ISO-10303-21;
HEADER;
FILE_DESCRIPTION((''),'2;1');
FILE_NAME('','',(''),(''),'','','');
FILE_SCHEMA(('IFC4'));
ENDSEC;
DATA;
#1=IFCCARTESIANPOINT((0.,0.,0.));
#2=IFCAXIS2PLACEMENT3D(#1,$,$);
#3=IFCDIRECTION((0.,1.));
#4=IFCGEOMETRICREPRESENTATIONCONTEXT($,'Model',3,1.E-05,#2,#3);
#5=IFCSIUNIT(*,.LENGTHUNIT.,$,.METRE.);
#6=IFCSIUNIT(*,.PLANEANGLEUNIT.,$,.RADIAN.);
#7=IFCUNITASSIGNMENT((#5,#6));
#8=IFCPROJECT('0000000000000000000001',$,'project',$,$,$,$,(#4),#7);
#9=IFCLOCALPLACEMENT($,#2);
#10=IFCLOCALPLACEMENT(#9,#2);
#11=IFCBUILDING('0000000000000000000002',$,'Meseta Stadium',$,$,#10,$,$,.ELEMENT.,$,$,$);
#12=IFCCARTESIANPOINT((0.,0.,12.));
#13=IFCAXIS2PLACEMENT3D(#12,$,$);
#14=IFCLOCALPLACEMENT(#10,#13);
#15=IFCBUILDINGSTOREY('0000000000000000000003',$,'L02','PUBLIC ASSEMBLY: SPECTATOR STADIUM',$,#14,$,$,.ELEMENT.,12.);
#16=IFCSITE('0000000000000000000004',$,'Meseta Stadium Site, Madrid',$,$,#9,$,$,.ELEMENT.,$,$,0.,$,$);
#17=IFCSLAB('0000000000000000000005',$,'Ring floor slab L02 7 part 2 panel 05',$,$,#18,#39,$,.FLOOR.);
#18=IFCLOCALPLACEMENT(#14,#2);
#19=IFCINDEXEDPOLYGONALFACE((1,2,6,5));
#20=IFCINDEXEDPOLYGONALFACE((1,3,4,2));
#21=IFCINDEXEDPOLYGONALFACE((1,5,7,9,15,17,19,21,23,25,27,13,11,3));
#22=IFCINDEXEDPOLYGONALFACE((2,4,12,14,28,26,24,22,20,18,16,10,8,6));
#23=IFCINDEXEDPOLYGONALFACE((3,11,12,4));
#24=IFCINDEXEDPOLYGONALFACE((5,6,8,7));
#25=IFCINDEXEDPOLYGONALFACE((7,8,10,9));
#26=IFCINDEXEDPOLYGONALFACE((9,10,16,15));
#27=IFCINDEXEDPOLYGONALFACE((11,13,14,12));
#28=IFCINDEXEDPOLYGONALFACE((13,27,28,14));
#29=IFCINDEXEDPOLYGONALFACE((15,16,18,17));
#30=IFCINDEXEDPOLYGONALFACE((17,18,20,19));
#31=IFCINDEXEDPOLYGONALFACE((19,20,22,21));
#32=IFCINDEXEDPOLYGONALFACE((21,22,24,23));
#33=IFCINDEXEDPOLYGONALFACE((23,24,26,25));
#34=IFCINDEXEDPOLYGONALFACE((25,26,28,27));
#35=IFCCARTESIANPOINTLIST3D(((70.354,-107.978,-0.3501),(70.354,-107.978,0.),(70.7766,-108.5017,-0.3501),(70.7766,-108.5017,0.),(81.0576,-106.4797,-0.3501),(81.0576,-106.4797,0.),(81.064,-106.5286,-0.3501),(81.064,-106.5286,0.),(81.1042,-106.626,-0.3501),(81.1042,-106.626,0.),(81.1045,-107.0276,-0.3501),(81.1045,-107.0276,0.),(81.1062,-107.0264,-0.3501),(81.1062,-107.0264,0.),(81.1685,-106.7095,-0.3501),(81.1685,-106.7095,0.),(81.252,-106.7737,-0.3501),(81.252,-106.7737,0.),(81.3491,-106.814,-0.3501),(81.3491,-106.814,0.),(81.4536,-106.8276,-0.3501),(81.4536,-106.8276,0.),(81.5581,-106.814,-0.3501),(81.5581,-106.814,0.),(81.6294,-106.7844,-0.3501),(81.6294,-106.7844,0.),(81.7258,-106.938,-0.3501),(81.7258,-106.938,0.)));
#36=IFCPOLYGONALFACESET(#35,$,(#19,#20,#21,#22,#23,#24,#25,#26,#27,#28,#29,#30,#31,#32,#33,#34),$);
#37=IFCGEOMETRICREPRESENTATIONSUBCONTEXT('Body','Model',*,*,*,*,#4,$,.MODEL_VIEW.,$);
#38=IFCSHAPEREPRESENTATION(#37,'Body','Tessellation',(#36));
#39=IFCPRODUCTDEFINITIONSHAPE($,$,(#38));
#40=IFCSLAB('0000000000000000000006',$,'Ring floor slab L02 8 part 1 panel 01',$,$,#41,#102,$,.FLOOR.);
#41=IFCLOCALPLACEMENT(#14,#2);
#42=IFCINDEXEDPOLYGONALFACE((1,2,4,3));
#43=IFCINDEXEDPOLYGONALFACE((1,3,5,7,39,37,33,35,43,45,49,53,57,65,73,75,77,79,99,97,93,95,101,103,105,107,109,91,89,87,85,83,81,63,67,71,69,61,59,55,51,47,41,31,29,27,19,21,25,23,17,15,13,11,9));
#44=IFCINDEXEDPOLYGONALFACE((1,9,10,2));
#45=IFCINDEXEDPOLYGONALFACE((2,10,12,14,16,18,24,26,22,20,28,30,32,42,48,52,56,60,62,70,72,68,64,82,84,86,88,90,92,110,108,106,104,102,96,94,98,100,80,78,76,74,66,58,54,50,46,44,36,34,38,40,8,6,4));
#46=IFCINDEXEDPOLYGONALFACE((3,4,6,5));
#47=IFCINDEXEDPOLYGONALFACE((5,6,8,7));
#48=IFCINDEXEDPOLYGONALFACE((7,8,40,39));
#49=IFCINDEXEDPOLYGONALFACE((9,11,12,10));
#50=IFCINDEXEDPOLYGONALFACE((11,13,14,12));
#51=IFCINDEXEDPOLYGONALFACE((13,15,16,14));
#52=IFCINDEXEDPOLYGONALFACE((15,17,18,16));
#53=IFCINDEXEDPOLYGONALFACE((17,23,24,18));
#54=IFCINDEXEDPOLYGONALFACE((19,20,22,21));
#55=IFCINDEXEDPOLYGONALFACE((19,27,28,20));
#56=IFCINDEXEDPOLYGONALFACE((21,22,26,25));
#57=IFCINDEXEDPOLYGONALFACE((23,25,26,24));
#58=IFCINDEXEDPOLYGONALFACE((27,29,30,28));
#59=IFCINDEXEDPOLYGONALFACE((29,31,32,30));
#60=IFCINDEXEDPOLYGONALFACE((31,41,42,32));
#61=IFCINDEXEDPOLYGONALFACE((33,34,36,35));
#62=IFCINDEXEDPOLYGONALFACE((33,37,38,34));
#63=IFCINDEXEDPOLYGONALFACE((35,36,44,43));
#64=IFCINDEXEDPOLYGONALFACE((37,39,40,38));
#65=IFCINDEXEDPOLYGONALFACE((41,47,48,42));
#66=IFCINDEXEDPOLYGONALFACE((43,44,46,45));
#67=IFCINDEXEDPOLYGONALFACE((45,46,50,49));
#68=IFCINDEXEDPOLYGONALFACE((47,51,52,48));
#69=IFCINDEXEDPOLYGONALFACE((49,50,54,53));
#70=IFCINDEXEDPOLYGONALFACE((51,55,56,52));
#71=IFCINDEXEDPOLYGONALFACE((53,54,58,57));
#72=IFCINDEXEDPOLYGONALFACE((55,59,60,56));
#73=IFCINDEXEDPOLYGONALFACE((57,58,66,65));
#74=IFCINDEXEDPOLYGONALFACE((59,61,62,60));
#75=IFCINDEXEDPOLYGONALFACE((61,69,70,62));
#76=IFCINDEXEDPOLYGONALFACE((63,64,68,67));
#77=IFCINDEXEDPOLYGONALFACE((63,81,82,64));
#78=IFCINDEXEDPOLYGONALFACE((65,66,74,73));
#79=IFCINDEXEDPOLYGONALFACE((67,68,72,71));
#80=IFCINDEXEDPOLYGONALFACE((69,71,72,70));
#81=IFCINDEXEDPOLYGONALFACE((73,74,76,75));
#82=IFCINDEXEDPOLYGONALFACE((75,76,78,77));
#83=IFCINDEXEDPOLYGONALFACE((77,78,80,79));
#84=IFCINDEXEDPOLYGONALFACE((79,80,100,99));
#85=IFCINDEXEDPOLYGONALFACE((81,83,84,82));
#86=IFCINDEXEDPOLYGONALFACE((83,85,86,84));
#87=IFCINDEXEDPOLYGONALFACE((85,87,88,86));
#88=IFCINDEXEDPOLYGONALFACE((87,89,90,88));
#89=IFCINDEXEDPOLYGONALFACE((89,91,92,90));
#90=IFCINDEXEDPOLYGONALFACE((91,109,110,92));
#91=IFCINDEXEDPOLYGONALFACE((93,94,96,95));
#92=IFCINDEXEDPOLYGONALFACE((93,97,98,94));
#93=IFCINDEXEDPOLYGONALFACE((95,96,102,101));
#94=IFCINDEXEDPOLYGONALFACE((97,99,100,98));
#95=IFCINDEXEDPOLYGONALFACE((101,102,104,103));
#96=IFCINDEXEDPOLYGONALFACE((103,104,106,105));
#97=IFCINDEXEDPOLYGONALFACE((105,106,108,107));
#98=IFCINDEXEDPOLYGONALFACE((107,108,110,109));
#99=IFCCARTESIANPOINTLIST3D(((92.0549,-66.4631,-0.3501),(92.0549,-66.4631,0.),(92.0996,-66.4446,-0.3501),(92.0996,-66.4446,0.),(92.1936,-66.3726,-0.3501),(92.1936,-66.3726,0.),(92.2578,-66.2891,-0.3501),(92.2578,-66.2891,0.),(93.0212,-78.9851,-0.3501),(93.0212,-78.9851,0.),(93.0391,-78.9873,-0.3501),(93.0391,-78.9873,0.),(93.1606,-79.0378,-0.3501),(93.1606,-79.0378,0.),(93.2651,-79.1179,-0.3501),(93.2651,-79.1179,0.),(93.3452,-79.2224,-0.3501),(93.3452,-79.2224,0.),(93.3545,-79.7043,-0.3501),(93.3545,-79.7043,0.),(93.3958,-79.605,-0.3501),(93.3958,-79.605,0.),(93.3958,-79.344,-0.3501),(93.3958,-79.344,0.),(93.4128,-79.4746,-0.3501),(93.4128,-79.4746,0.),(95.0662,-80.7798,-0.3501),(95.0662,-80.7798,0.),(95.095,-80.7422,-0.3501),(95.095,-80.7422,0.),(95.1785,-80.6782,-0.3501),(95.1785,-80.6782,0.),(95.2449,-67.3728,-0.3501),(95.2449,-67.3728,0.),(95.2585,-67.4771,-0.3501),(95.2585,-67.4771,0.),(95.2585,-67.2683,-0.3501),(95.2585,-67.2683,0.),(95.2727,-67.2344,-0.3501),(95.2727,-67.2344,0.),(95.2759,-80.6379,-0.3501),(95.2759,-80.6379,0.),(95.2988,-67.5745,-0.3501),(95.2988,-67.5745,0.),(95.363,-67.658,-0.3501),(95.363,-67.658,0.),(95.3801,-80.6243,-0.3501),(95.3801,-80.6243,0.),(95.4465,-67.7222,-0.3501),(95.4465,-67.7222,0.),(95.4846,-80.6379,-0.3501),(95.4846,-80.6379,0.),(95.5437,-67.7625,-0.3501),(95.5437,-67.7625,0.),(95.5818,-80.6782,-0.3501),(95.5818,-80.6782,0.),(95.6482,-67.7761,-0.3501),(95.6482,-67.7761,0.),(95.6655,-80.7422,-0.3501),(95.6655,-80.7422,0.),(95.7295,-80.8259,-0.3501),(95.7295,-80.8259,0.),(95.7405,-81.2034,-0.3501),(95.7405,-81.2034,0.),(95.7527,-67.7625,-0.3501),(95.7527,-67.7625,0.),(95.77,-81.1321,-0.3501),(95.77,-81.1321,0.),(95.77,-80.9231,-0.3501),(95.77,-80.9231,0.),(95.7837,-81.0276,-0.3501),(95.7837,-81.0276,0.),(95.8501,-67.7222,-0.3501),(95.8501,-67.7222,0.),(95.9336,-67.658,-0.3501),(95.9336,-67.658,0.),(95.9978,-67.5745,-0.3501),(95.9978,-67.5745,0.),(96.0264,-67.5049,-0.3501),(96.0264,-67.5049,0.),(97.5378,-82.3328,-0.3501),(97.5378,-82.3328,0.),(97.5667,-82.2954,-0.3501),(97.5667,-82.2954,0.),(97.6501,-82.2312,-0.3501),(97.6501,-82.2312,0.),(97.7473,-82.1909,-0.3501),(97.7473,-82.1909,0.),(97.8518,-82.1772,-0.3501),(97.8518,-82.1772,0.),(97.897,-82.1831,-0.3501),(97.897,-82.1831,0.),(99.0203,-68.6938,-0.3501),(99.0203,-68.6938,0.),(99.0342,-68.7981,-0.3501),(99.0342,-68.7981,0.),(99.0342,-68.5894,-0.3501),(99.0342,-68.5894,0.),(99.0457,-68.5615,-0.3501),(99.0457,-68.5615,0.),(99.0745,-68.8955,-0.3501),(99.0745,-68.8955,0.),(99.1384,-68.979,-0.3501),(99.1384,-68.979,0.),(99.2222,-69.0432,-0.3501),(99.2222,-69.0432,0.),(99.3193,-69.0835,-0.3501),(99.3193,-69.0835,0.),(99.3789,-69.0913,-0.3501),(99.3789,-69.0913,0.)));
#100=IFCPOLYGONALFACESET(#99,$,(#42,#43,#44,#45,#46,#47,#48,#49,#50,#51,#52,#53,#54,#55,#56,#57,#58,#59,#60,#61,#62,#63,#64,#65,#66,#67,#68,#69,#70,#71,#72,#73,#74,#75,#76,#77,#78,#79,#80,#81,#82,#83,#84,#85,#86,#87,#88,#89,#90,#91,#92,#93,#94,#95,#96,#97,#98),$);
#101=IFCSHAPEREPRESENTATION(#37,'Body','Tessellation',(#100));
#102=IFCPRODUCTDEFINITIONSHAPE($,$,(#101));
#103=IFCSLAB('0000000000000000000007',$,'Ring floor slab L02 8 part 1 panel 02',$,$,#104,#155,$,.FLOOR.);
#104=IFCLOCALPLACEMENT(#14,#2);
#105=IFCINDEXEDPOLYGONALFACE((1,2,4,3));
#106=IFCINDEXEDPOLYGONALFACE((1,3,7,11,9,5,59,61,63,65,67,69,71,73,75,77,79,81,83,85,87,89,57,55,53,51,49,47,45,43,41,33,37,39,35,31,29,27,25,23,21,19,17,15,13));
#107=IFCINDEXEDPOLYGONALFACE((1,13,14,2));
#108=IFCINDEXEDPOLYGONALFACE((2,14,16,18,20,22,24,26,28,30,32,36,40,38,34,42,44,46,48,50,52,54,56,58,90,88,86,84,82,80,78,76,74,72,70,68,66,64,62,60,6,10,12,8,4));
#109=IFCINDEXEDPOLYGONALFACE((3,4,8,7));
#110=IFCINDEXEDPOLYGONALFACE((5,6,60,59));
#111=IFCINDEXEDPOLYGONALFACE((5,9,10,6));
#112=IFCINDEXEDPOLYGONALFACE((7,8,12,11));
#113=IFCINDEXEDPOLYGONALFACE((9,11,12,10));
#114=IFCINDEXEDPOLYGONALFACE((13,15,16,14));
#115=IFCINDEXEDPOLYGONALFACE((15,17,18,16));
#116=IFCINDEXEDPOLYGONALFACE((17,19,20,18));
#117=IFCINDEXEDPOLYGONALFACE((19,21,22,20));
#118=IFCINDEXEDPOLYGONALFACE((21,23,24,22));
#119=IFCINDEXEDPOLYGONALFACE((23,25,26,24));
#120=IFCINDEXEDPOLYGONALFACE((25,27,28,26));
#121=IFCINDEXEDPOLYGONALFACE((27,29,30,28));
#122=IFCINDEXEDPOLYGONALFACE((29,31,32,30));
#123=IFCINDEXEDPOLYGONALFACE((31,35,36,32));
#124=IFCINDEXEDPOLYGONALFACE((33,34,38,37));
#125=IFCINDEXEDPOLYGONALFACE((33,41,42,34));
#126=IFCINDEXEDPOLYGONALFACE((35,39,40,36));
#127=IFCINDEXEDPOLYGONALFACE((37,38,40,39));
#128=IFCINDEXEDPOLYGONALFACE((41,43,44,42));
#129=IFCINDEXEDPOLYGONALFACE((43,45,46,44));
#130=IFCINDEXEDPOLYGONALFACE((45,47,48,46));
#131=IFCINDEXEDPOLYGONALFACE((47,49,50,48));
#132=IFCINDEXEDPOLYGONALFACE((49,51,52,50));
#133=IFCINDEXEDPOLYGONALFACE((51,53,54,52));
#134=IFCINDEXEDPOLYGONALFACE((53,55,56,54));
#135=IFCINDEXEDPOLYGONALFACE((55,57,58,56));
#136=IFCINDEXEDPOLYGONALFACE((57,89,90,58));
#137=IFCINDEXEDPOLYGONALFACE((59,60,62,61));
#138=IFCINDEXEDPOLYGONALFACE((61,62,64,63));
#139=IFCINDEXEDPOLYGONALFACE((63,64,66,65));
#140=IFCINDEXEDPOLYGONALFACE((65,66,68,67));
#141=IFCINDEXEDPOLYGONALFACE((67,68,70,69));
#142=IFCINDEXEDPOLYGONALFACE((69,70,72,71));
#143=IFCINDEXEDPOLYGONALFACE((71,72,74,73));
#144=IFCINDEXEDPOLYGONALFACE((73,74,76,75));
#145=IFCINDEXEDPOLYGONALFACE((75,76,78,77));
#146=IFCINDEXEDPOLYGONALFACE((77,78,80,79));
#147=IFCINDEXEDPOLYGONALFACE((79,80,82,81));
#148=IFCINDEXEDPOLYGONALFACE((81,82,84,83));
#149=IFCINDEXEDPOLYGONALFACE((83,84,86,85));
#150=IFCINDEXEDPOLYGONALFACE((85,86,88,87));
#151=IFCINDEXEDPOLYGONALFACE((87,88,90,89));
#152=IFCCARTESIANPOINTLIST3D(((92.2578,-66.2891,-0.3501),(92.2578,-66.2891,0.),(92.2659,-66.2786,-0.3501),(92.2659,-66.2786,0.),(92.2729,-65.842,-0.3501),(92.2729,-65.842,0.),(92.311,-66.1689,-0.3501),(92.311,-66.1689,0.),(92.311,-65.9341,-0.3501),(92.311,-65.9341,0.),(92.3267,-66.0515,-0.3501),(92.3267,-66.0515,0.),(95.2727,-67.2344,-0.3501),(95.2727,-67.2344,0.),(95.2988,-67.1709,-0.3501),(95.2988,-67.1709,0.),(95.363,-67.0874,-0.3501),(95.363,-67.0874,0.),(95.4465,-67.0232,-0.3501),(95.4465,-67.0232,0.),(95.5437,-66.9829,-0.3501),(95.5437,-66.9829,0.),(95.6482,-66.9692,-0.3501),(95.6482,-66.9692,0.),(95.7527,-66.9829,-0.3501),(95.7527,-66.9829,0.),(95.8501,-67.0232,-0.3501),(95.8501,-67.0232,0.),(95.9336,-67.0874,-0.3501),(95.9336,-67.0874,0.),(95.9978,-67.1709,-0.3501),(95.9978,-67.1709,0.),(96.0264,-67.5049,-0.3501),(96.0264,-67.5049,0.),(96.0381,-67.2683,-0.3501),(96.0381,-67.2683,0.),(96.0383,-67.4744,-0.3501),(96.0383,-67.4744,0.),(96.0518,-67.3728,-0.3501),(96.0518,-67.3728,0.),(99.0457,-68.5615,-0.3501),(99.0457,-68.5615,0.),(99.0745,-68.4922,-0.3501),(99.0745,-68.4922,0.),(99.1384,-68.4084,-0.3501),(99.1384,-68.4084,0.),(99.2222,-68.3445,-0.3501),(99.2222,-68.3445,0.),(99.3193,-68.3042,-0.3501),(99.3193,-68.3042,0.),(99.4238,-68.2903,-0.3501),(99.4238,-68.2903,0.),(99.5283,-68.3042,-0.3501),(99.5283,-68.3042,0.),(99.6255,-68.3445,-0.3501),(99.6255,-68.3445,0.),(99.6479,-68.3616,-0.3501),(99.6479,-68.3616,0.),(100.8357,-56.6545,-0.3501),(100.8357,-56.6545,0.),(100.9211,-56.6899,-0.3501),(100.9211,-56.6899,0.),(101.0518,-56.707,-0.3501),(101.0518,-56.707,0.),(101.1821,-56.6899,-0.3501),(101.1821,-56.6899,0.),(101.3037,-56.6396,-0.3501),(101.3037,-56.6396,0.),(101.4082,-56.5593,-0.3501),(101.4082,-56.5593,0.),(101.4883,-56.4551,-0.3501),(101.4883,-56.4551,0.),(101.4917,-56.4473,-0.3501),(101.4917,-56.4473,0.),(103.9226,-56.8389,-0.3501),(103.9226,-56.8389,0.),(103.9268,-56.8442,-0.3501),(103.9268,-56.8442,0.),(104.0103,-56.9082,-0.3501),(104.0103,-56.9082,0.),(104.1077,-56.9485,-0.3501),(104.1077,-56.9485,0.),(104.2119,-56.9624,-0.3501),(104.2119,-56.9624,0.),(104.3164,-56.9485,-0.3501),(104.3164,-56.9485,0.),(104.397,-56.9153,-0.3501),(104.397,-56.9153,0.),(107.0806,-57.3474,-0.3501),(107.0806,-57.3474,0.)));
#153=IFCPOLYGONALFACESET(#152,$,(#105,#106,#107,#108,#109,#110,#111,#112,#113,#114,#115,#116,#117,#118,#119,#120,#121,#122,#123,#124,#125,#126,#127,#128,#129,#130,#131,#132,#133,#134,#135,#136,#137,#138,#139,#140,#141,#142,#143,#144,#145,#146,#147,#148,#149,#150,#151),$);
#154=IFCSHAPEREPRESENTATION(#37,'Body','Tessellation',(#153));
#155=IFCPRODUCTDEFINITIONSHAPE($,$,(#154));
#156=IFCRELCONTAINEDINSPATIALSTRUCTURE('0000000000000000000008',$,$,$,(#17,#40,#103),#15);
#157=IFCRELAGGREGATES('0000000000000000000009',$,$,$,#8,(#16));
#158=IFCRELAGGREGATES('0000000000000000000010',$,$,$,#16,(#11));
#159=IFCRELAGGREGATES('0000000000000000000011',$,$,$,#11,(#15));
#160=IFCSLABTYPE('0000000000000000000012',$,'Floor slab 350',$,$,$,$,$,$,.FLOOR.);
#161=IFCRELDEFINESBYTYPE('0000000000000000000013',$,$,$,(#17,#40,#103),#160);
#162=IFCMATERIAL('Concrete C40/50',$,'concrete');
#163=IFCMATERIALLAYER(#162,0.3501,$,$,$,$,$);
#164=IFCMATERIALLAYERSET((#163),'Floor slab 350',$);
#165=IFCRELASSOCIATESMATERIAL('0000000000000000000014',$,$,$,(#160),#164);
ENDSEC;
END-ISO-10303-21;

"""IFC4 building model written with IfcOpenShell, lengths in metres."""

from ifc_helpers import new_model, si_unit, direction, frame, origin, place, context, subcontext, project, spatial, polyline, outline, extrude, material, layer, layer_set, type_object, element, save


model = new_model("IFC4")

# Units and contexts
model_context = context("Model", 3, precision=1e-05, world=origin(), true_north=direction((0.0, 1.0)))
body_context = subcontext(model_context, "Body", "Model", "MODEL_VIEW")
ifc_project = project(units=[si_unit("LENGTHUNIT", "METRE"), si_unit("PLANEANGLEUNIT", "RADIAN")], contexts=[model_context])

# Site, building, storey
site_placement = place(None, origin())
site = spatial("IfcSite", under=ifc_project, at=site_placement, Name="Meseta Stadium Site, Madrid", CompositionType="ELEMENT", RefElevation=0.0)
building_placement = place(site_placement, origin())
building = spatial("IfcBuilding", under=site, at=building_placement, Name="Meseta Stadium", CompositionType="ELEMENT")
storey_placement = place(building_placement, frame((0.0, 0.0, 12.0)))
storey = spatial("IfcBuildingStorey", under=building, at=storey_placement, Name="L02", Description="PUBLIC ASSEMBLY: SPECTATOR STADIUM", CompositionType="ELEMENT", Elevation=12.0)

# Slabs
ifc_material_1 = material(Name="Concrete C40/50", Category="concrete")
ifc_layer_1 = layer(ifc_material_1, 0.3501)
ifc_layer_set_1 = layer_set([ifc_layer_1], Name="Floor slab 350")
slab_type_1 = type_object("IfcSlabType", Name="Floor slab 350", PredefinedType="FLOOR", material=ifc_layer_set_1)
slab_1_placement = place(storey_placement, frame((0.0, 0.0, -0.3501)))
element("IfcSlab", 1, at=slab_1_placement, inside=storey, type_object=slab_type_1, Name="Ring floor slab L02 7 part 2 panel 05", PredefinedType="FLOOR", context=body_context, shape_type="SweptSolid", body=[
    extrude(outline(polyline([(70.7766, -108.5017), (81.1045, -107.0276), (81.1062, -107.0264), (81.7258, -106.938), (81.6294, -106.7844), (81.5581, -106.814), (81.4536, -106.8276), (81.3491, -106.814), (81.252, -106.7737), (81.1685, -106.7095), (81.1042, -106.626), (81.064, -106.5286), (81.0576, -106.4797), (70.354, -107.978), (70.7766, -108.5017)])), origin(), (0.0, 0.0, 1.0), 0.3501),
])
slab_2_placement = place(storey_placement, frame((0.0, 0.0, -0.3501)))
element("IfcSlab", 2, at=slab_2_placement, inside=storey, type_object=slab_type_1, Name="Ring floor slab L02 8 part 1 panel 01", PredefinedType="FLOOR", context=body_context, shape_type="SweptSolid", body=[
    extrude(outline(polyline([(93.3958, -79.605), (93.3545, -79.7043), (95.0662, -80.7798), (95.095, -80.7422), (95.1785, -80.6782), (95.2759, -80.6379), (95.3801, -80.6243), (95.4846, -80.6379), (95.5818, -80.6782), (95.6655, -80.7422), (95.7295, -80.8259), (95.77, -80.9231), (95.7837, -81.0276), (95.77, -81.1321), (95.7405, -81.2034), (97.5378, -82.3328), (97.5667, -82.2954), (97.6501, -82.2312), (97.7473, -82.1909), (97.8518, -82.1772), (97.897, -82.1831), (99.3789, -69.0913), (99.3193, -69.0835), (99.2222, -69.0432), (99.1384, -68.979), (99.0745, -68.8955), (99.0342, -68.7981), (99.0203, -68.6938), (99.0342, -68.5894), (99.0457, -68.5615), (96.0264, -67.5049), (95.9978, -67.5745), (95.9336, -67.658), (95.8501, -67.7222), (95.7527, -67.7625), (95.6482, -67.7761), (95.5437, -67.7625), (95.4465, -67.7222), (95.363, -67.658), (95.2988, -67.5745), (95.2585, -67.4771), (95.2449, -67.3728), (95.2585, -67.2683), (95.2727, -67.2344), (92.2578, -66.2891), (92.1936, -66.3726), (92.0996, -66.4446), (92.0549, -66.4631), (93.0212, -78.9851), (93.0391, -78.9873), (93.1606, -79.0378), (93.2651, -79.1179), (93.3452, -79.2224), (93.3958, -79.344), (93.4128, -79.4746), (93.3958, -79.605)])), origin(), (0.0, 0.0, 1.0), 0.3501),
])
slab_3_placement = place(storey_placement, frame((0.0, 0.0, -0.3501)))
element("IfcSlab", 3, at=slab_3_placement, inside=storey, type_object=slab_type_1, Name="Ring floor slab L02 8 part 1 panel 02", PredefinedType="FLOOR", context=body_context, shape_type="SweptSolid", body=[
    extrude(outline(polyline([(92.2729, -65.842), (92.311, -65.9341), (92.3267, -66.0515), (92.311, -66.1689), (92.2659, -66.2786), (92.2578, -66.2891), (95.2727, -67.2344), (95.2988, -67.1709), (95.363, -67.0874), (95.4465, -67.0232), (95.5437, -66.9829), (95.6482, -66.9692), (95.7527, -66.9829), (95.8501, -67.0232), (95.9336, -67.0874), (95.9978, -67.1709), (96.0381, -67.2683), (96.0518, -67.3728), (96.0383, -67.4744), (96.0264, -67.5049), (99.0457, -68.5615), (99.0745, -68.4922), (99.1384, -68.4084), (99.2222, -68.3445), (99.3193, -68.3042), (99.4238, -68.2903), (99.5283, -68.3042), (99.6255, -68.3445), (99.6479, -68.3616), (107.0806, -57.3474), (104.397, -56.9153), (104.3164, -56.9485), (104.2119, -56.9624), (104.1077, -56.9485), (104.0103, -56.9082), (103.9268, -56.8442), (103.9226, -56.8389), (101.4917, -56.4473), (101.4883, -56.4551), (101.4082, -56.5593), (101.3037, -56.6396), (101.1821, -56.6899), (101.0518, -56.707), (100.9211, -56.6899), (100.8357, -56.6545), (92.2729, -65.842)])), origin(), (0.0, 0.0, 1.0), 0.3501),
])

save(model, "model.ifc")
